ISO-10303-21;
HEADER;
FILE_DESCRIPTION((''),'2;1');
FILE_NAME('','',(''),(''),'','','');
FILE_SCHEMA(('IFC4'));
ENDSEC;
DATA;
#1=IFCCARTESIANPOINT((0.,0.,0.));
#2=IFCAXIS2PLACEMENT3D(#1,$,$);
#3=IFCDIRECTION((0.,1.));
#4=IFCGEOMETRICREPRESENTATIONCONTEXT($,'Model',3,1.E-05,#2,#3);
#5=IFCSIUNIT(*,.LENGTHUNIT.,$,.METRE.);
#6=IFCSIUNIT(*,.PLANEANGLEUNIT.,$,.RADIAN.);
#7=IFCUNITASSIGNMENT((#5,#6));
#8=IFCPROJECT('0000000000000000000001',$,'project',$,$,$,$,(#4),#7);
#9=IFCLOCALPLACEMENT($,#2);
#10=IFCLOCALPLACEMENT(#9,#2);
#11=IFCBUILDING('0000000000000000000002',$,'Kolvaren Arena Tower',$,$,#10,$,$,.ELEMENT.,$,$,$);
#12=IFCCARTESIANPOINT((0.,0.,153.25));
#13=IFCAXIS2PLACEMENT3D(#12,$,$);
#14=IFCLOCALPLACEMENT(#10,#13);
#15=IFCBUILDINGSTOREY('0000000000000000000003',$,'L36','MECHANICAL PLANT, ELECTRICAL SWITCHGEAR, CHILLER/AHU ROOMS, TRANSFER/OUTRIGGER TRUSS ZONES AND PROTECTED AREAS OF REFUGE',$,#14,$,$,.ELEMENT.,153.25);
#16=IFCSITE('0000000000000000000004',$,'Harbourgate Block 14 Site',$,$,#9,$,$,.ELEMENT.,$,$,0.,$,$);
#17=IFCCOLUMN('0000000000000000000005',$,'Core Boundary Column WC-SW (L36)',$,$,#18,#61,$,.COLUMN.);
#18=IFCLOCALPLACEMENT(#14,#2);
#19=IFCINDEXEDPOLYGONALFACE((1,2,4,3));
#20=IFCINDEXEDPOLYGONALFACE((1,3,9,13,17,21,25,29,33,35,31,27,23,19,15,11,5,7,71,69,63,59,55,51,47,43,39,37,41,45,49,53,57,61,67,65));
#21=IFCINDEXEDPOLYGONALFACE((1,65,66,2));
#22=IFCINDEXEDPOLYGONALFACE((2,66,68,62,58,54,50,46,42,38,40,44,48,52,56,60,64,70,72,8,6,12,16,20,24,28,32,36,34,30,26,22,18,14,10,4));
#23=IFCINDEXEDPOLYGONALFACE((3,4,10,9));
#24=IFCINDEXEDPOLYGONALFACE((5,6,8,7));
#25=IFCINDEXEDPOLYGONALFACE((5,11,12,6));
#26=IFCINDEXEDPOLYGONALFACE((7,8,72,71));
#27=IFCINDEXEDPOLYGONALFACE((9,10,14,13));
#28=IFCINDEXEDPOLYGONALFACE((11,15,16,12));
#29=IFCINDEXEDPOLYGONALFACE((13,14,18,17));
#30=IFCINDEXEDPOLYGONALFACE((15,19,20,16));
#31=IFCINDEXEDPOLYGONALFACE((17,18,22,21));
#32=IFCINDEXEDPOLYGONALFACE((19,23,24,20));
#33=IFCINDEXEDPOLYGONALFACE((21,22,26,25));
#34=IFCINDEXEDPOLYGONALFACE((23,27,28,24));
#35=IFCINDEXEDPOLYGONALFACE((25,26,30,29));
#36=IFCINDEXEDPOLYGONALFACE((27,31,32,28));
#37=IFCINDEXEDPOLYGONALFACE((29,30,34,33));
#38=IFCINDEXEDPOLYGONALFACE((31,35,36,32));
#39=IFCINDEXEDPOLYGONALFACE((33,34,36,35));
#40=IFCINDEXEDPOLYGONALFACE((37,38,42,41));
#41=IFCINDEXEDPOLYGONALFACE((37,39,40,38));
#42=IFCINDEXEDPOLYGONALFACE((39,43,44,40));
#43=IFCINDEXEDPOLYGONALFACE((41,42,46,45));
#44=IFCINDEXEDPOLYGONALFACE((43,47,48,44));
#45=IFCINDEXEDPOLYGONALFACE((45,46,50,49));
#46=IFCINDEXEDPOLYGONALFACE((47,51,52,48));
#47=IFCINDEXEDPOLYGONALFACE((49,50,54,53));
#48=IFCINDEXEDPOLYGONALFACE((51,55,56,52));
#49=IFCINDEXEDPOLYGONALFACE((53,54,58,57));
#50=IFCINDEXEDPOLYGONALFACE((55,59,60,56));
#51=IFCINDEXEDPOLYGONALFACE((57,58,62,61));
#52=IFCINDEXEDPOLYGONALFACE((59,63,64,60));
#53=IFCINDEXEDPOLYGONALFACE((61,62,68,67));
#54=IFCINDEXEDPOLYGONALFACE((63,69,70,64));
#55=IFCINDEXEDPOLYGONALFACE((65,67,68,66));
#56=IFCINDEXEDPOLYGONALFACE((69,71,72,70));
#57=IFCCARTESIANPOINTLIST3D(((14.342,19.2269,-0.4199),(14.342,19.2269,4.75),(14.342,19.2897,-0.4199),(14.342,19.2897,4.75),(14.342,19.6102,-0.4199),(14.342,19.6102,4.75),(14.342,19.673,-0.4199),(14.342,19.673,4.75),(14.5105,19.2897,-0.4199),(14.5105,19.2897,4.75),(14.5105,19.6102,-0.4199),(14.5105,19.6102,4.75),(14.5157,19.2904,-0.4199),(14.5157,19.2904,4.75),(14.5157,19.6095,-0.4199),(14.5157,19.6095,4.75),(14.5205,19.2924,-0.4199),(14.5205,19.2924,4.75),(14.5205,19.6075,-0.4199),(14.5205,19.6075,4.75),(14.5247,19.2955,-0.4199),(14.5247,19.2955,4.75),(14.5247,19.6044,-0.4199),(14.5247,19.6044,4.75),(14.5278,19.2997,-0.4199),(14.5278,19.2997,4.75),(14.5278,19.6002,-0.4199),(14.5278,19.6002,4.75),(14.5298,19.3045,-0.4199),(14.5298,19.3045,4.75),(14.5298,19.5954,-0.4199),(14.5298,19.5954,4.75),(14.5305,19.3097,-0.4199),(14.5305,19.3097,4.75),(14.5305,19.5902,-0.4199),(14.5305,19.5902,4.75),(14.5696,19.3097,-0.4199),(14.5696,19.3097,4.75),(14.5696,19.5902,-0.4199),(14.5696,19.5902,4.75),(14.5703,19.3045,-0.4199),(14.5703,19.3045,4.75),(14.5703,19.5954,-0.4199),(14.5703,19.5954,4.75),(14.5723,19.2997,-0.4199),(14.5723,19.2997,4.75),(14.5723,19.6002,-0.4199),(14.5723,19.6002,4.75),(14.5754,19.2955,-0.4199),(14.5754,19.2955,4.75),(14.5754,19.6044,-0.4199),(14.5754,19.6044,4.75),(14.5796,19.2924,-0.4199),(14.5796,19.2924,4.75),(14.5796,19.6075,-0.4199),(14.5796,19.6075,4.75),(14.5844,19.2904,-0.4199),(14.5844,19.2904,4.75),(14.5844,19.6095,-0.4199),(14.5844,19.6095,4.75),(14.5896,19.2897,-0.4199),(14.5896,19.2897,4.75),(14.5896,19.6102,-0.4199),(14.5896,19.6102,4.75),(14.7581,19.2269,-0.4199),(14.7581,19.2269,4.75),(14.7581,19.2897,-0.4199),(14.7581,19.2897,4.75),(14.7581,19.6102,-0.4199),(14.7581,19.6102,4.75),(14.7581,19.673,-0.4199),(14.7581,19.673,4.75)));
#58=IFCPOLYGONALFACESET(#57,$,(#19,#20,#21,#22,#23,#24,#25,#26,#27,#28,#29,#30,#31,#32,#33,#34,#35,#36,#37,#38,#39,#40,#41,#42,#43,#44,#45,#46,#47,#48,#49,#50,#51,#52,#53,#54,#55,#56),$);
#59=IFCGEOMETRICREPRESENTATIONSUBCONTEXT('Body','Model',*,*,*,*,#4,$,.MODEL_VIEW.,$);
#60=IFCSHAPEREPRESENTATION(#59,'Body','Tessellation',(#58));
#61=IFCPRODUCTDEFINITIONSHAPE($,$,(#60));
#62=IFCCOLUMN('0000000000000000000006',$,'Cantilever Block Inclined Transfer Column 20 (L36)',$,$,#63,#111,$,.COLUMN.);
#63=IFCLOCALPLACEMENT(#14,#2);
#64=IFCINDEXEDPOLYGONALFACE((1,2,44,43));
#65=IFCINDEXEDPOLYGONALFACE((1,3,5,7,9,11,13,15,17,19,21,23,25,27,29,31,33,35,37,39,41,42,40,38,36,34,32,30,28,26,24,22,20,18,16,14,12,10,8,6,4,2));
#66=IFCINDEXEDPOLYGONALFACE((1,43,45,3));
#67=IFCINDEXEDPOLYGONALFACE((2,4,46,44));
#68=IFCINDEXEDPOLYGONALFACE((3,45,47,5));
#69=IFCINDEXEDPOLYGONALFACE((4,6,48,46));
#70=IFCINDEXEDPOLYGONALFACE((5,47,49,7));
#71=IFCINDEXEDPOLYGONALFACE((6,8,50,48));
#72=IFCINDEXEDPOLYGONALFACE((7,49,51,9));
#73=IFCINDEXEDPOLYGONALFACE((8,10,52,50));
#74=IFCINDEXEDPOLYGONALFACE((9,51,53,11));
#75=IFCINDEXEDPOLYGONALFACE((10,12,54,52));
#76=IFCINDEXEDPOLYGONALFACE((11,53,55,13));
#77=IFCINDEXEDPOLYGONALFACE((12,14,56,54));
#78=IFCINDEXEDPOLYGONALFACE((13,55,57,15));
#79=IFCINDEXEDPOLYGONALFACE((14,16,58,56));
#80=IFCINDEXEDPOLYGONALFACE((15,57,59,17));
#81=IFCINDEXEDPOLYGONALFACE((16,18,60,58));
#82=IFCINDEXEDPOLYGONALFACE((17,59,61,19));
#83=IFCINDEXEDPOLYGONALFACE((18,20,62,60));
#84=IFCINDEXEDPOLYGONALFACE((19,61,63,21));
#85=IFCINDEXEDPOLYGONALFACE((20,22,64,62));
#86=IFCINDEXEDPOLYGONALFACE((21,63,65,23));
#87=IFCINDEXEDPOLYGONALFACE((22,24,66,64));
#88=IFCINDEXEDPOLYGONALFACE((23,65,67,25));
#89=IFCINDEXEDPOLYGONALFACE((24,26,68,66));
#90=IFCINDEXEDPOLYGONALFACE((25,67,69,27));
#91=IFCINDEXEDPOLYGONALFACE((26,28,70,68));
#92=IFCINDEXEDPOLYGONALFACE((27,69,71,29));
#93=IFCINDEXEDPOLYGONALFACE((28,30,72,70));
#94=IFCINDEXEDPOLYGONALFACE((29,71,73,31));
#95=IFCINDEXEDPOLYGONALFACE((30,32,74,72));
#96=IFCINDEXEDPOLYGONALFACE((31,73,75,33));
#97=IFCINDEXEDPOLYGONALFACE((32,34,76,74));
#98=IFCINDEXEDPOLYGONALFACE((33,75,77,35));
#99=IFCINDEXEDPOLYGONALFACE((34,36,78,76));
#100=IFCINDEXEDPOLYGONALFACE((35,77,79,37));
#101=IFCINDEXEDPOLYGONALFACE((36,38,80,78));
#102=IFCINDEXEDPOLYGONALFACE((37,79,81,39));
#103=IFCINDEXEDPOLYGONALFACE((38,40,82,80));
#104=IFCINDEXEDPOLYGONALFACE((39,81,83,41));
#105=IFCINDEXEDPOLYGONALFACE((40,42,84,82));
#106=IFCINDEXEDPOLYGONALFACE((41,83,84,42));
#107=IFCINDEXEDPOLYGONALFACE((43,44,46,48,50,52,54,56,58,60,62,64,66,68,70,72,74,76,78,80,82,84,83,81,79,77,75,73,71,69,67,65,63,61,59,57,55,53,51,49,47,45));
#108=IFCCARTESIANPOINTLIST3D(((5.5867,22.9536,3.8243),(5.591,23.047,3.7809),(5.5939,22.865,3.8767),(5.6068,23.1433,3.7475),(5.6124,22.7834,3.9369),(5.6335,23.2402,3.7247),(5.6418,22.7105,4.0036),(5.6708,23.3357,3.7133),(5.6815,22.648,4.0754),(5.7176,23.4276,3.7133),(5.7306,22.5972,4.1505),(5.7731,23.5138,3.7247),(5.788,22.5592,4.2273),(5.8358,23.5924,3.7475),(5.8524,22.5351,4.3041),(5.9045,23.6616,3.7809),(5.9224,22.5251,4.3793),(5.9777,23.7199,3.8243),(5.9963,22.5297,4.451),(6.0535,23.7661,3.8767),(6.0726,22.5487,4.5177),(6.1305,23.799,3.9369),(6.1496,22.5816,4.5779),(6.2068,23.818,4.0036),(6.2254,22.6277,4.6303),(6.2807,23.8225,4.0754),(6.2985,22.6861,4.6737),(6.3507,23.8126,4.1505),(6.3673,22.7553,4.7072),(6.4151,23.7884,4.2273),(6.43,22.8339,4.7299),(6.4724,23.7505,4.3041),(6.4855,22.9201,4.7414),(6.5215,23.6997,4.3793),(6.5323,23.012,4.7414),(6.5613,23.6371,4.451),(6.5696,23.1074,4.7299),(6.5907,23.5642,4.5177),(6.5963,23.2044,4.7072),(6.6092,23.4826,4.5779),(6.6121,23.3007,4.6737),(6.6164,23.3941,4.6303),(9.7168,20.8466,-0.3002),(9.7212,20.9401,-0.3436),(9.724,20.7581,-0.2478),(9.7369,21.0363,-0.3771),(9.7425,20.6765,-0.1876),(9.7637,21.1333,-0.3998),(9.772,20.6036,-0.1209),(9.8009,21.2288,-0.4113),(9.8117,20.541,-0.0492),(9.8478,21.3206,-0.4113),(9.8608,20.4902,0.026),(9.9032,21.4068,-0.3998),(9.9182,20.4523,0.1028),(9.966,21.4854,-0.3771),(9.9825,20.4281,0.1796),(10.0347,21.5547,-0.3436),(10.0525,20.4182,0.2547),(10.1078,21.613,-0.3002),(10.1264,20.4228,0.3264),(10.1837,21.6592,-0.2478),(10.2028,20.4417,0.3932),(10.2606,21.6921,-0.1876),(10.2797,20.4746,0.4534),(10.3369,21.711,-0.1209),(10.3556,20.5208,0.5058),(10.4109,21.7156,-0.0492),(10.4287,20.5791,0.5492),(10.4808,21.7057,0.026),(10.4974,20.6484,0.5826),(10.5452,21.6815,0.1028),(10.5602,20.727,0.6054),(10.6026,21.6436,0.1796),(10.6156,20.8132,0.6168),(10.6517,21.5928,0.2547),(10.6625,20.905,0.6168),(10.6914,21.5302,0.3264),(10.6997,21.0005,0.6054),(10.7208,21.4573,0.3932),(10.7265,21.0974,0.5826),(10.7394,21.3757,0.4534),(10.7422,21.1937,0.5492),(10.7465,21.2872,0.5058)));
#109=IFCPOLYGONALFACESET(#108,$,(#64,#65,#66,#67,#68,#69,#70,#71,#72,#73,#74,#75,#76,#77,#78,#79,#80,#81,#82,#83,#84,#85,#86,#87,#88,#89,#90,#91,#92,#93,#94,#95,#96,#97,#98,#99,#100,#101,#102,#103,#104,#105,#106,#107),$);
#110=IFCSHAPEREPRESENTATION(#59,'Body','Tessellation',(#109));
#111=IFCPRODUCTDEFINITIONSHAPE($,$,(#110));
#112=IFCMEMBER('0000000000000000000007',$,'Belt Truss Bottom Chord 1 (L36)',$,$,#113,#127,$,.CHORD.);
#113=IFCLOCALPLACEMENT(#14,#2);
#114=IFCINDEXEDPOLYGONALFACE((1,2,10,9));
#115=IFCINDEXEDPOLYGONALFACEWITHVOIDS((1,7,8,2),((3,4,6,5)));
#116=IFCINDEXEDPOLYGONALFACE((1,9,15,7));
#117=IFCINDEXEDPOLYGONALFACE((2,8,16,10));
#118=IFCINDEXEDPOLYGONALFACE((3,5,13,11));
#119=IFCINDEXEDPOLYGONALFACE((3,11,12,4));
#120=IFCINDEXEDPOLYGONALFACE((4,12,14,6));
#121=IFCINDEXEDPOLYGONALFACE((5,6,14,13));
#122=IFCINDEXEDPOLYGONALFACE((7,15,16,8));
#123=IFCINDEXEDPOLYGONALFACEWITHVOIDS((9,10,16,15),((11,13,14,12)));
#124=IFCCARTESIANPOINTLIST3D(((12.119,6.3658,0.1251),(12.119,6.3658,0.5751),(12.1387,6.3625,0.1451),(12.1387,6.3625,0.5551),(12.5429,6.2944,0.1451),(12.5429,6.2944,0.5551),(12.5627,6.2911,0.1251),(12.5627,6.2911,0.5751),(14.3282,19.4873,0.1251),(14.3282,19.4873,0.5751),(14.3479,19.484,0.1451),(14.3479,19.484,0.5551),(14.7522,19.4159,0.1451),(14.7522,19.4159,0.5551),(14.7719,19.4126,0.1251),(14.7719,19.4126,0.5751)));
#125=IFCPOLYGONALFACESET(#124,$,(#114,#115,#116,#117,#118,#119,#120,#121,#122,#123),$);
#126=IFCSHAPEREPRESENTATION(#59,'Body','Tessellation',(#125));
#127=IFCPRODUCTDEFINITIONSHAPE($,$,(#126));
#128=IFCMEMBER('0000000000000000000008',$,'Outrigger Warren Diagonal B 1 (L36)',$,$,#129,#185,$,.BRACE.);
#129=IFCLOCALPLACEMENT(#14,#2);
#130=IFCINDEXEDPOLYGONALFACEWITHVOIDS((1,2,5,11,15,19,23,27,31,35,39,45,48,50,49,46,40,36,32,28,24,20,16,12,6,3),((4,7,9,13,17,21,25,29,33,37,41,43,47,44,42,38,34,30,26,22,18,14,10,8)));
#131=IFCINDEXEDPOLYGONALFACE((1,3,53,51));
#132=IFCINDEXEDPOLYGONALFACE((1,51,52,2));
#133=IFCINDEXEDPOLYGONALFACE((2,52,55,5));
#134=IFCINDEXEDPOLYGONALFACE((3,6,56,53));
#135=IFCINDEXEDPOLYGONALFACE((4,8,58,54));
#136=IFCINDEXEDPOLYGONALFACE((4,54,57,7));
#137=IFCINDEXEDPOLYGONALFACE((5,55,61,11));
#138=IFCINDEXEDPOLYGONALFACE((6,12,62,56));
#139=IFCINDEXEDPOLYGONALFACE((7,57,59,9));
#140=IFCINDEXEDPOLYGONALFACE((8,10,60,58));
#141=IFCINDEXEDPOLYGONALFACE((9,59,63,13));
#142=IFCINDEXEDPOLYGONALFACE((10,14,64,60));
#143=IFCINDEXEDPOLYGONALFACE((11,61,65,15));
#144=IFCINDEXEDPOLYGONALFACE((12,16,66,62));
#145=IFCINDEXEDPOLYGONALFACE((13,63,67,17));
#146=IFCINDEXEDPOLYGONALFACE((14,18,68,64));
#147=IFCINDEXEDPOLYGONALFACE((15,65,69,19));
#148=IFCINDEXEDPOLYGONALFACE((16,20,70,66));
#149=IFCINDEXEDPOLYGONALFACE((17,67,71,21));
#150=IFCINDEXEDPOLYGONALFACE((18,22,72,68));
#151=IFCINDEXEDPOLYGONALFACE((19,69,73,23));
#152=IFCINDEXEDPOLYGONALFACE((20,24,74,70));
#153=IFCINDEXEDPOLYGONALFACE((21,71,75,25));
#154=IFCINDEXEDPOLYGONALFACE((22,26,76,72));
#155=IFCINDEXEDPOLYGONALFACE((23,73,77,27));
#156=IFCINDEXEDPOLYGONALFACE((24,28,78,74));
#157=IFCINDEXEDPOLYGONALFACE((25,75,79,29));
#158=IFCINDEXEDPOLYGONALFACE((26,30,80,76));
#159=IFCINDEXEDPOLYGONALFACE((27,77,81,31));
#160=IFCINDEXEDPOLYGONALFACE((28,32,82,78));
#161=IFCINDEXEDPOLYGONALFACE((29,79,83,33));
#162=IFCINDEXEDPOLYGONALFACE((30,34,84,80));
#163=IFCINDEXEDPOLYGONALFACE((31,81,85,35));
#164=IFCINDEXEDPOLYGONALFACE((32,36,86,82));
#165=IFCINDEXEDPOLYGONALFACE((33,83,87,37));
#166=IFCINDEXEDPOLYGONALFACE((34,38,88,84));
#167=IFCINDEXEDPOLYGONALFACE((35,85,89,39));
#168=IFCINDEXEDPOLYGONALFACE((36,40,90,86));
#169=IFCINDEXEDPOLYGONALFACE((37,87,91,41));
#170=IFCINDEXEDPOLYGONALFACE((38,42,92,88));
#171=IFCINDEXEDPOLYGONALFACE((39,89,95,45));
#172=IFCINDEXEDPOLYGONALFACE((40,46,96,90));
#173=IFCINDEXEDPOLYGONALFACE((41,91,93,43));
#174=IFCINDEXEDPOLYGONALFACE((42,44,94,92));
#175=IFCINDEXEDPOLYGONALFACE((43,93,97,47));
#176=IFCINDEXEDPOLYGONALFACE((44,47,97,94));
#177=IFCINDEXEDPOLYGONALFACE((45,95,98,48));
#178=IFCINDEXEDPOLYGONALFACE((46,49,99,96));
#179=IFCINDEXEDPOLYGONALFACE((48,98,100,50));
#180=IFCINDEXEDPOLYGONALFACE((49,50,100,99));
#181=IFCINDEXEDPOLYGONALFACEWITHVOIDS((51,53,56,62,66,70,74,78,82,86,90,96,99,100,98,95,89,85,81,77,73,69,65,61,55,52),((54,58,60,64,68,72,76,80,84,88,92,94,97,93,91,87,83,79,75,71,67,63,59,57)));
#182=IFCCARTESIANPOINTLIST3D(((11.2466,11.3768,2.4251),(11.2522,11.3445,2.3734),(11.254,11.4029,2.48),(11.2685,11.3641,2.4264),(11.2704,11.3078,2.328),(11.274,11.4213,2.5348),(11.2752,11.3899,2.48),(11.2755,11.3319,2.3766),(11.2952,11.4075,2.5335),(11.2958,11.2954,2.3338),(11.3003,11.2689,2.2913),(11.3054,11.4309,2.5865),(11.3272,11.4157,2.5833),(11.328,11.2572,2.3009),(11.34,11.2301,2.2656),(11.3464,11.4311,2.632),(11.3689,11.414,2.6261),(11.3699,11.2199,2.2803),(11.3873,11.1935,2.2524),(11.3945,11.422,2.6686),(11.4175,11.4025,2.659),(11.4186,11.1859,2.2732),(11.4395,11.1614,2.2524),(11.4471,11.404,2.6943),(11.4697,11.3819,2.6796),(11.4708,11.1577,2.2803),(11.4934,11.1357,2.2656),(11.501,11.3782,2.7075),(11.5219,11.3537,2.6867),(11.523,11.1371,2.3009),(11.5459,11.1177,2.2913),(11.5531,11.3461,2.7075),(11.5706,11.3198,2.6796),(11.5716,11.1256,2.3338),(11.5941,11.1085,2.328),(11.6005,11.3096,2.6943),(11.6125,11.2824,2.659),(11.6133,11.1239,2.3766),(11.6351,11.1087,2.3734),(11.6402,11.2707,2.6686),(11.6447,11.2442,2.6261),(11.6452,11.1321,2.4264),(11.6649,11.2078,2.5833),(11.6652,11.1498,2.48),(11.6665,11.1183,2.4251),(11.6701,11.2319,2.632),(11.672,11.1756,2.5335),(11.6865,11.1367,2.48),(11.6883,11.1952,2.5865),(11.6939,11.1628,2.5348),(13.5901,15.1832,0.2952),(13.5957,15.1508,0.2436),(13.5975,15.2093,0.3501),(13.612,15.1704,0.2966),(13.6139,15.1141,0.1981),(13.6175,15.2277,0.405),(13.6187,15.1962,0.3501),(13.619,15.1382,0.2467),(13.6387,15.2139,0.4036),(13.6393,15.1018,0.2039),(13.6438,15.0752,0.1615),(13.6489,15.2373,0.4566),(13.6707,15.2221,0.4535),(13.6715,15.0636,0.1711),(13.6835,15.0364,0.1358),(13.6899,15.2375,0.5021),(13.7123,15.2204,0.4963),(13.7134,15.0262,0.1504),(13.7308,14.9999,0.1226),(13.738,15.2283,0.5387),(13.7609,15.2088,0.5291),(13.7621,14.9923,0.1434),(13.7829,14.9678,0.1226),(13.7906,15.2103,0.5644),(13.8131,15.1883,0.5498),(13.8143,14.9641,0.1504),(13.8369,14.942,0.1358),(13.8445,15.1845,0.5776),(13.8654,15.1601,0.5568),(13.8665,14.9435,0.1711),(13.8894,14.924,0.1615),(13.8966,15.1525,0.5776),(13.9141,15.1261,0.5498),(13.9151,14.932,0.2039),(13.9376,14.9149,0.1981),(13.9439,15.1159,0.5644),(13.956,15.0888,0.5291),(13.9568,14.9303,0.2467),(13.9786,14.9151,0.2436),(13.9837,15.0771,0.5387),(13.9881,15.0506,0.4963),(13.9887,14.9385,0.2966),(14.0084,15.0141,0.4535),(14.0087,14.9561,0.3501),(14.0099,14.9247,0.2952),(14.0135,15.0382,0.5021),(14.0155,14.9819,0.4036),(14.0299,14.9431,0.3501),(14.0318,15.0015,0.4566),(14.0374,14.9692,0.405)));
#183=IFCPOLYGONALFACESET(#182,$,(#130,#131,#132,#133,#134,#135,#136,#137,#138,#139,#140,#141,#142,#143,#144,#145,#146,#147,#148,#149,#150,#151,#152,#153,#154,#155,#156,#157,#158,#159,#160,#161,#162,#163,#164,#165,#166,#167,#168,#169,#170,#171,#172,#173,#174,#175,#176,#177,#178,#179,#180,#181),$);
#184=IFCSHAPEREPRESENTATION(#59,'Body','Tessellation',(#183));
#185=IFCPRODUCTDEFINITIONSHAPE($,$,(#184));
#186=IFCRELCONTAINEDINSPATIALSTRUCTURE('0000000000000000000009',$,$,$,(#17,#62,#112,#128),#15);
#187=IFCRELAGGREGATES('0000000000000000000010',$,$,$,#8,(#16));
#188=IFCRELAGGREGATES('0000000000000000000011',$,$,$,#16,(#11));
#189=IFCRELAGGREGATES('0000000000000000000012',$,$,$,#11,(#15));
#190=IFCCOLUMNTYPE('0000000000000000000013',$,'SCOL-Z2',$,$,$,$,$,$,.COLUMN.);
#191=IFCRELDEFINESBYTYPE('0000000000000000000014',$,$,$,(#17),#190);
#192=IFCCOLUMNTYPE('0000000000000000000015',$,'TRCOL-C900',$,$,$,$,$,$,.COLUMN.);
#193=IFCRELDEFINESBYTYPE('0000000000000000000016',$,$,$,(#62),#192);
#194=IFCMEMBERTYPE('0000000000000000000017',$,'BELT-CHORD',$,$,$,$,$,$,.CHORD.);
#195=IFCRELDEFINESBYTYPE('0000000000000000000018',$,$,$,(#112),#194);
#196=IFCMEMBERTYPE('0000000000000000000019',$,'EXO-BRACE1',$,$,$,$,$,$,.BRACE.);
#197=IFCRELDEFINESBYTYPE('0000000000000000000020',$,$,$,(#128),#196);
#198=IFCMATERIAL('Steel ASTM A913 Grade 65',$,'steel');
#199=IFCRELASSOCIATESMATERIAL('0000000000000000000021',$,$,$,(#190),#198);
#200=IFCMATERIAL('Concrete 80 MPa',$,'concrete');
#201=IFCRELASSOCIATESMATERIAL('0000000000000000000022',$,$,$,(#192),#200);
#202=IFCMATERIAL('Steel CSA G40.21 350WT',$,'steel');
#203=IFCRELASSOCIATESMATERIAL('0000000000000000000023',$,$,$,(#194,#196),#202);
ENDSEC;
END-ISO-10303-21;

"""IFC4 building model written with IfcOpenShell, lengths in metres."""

from ifc_helpers import new_model, si_unit, direction, frame, origin, origin_2d, place, context, subcontext, project, spatial, hollow_rectangle, circle, hollow_circle, i_section, extrude, material, material_profile, profile_set, type_object, element, save


model = new_model("IFC4")

# Units and contexts
model_context = context("Model", 3, precision=1e-05, world=origin(), true_north=direction((0.0, 1.0)))
body_context = subcontext(model_context, "Body", "Model", "MODEL_VIEW")
ifc_project = project(units=[si_unit("LENGTHUNIT", "METRE"), si_unit("PLANEANGLEUNIT", "RADIAN")], contexts=[model_context])

# Site, building, storey
site_placement = place(None, origin())
site = spatial("IfcSite", under=ifc_project, at=site_placement, Name="Harbourgate Block 14 Site", CompositionType="ELEMENT", RefElevation=0.0)
building_placement = place(site_placement, origin())
building = spatial("IfcBuilding", under=site, at=building_placement, Name="Kolvaren Arena Tower", CompositionType="ELEMENT")
storey_placement = place(building_placement, frame((0.0, 0.0, 153.25)))
storey = spatial("IfcBuildingStorey", under=building, at=storey_placement, Name="L36", Description="MECHANICAL PLANT, ELECTRICAL SWITCHGEAR, CHILLER/AHU ROOMS, TRANSFER/OUTRIGGER TRUSS ZONES AND PROTECTED AREAS OF REFUGE", CompositionType="ELEMENT", Elevation=153.25)

# Columns
ifc_material_1 = material(Name="Steel ASTM A913 Grade 65", Category="steel")
ifc_material_profile_1 = material_profile(ifc_material_1, i_section(OverallWidth=0.416, OverallDepth=0.446, WebThickness=0.0391, FlangeThickness=0.0627, FilletRadius=0.02, at=origin_2d()), Name="W360x509")
ifc_profile_set_1 = profile_set([ifc_material_profile_1], Name="Steel ASTM A913 Grade 65")
column_type_1 = type_object("IfcColumnType", Name="SCOL-Z2", PredefinedType="COLUMN", material=ifc_profile_set_1)
column_1_placement = place(storey_placement, frame((14.55, 19.45, -0.4199), z_axis=(0.0, 0.0, 1.0), x_axis=(1.0, 0.0, 0.0)))
element("IfcColumn", 1, at=column_1_placement, inside=storey, type_object=column_type_1, Name="Core Boundary Column WC-SW (L36)", PredefinedType="COLUMN", context=body_context, shape_type="SweptSolid", body=[
    extrude(i_section(OverallWidth=0.416, OverallDepth=0.446, WebThickness=0.0391, FlangeThickness=0.0627, FilletRadius=0.02, at=origin_2d()), origin(), (0.0, 0.0, 1.0), 5.1699),
])
ifc_material_2 = material(Name="Concrete 80 MPa", Category="concrete")
ifc_material_profile_2 = material_profile(ifc_material_2, circle(Radius=0.6899, at=origin_2d()), Name="RC-CIRC-1380")
ifc_profile_set_2 = profile_set([ifc_material_profile_2], Name="Concrete 80 MPa")
column_type_2 = type_object("IfcColumnType", Name="TRCOL-C900", PredefinedType="COLUMN", material=ifc_profile_set_2)
column_2_placement = place(storey_placement, frame((10.2317, 21.0669, 0.1028), z_axis=(-0.665555, 0.339525, 0.66465), x_axis=(-0.454423, -0.890786, 0.0)))
element("IfcColumn", 2, at=column_2_placement, inside=storey, type_object=column_type_2, Name="Cantilever Block Inclined Transfer Column 20 (L36)", PredefinedType="COLUMN", context=body_context, shape_type="SweptSolid", body=[
    extrude(circle(Radius=0.6899, at=origin_2d()), origin(), (0.0, 0.0, 1.0), 6.2056),
])

# Members
ifc_material_3 = material(Name="Steel CSA G40.21 350WT", Category="steel")
ifc_material_profile_3 = material_profile(ifc_material_3, hollow_rectangle(XDim=0.45, YDim=0.45, WallThickness=0.02, at=origin_2d()), Name="HSS 450x450x20")
ifc_profile_set_3 = profile_set([ifc_material_profile_3], Name="Steel CSA G40.21 350WT")
member_type_1 = type_object("IfcMemberType", Name="BELT-CHORD", PredefinedType="CHORD", material=ifc_profile_set_3)
member_1_placement = place(storey_placement, frame((14.55, 19.45, 0.3501), z_axis=(-0.166029, -0.986121, 0.0), x_axis=(0.986121, -0.166029, 0.0)))
element("IfcMember", 3, at=member_1_placement, inside=storey, type_object=member_type_1, Name="Belt Truss Bottom Chord 1 (L36)", PredefinedType="CHORD", context=body_context, shape_type="SweptSolid", body=[
    extrude(hollow_rectangle(XDim=0.45, YDim=0.45, WallThickness=0.02, at=origin_2d()), origin(), (0.0, 0.0, 1.0), 13.3062),
])
ifc_material_profile_4 = material_profile(ifc_material_3, hollow_circle(Radius=0.2539, WallThickness=0.0249, at=origin_2d()), Name="CHS 508x25")
ifc_profile_set_4 = profile_set([ifc_material_profile_4], Name="Steel CSA G40.21 350WT")
member_type_2 = type_object("IfcMemberType", Name="EXO-BRACE1", PredefinedType="BRACE", material=ifc_profile_set_4)
member_2_placement = place(storey_placement, frame((13.8137, 15.0762, 0.3501), z_axis=(-0.473295, -0.76874, 0.430151), x_axis=(0.851548, -0.524277, 0.0)))
element("IfcMember", 4, at=member_2_placement, inside=storey, type_object=member_type_2, Name="Outrigger Warren Diagonal B 1 (L36)", PredefinedType="BRACE", context=body_context, shape_type="SweptSolid", body=[
    extrude(hollow_circle(Radius=0.2539, WallThickness=0.0249, at=origin_2d()), origin(), (0.0, 0.0, 1.0), 4.9514),
])

save(model, "model.ifc")
